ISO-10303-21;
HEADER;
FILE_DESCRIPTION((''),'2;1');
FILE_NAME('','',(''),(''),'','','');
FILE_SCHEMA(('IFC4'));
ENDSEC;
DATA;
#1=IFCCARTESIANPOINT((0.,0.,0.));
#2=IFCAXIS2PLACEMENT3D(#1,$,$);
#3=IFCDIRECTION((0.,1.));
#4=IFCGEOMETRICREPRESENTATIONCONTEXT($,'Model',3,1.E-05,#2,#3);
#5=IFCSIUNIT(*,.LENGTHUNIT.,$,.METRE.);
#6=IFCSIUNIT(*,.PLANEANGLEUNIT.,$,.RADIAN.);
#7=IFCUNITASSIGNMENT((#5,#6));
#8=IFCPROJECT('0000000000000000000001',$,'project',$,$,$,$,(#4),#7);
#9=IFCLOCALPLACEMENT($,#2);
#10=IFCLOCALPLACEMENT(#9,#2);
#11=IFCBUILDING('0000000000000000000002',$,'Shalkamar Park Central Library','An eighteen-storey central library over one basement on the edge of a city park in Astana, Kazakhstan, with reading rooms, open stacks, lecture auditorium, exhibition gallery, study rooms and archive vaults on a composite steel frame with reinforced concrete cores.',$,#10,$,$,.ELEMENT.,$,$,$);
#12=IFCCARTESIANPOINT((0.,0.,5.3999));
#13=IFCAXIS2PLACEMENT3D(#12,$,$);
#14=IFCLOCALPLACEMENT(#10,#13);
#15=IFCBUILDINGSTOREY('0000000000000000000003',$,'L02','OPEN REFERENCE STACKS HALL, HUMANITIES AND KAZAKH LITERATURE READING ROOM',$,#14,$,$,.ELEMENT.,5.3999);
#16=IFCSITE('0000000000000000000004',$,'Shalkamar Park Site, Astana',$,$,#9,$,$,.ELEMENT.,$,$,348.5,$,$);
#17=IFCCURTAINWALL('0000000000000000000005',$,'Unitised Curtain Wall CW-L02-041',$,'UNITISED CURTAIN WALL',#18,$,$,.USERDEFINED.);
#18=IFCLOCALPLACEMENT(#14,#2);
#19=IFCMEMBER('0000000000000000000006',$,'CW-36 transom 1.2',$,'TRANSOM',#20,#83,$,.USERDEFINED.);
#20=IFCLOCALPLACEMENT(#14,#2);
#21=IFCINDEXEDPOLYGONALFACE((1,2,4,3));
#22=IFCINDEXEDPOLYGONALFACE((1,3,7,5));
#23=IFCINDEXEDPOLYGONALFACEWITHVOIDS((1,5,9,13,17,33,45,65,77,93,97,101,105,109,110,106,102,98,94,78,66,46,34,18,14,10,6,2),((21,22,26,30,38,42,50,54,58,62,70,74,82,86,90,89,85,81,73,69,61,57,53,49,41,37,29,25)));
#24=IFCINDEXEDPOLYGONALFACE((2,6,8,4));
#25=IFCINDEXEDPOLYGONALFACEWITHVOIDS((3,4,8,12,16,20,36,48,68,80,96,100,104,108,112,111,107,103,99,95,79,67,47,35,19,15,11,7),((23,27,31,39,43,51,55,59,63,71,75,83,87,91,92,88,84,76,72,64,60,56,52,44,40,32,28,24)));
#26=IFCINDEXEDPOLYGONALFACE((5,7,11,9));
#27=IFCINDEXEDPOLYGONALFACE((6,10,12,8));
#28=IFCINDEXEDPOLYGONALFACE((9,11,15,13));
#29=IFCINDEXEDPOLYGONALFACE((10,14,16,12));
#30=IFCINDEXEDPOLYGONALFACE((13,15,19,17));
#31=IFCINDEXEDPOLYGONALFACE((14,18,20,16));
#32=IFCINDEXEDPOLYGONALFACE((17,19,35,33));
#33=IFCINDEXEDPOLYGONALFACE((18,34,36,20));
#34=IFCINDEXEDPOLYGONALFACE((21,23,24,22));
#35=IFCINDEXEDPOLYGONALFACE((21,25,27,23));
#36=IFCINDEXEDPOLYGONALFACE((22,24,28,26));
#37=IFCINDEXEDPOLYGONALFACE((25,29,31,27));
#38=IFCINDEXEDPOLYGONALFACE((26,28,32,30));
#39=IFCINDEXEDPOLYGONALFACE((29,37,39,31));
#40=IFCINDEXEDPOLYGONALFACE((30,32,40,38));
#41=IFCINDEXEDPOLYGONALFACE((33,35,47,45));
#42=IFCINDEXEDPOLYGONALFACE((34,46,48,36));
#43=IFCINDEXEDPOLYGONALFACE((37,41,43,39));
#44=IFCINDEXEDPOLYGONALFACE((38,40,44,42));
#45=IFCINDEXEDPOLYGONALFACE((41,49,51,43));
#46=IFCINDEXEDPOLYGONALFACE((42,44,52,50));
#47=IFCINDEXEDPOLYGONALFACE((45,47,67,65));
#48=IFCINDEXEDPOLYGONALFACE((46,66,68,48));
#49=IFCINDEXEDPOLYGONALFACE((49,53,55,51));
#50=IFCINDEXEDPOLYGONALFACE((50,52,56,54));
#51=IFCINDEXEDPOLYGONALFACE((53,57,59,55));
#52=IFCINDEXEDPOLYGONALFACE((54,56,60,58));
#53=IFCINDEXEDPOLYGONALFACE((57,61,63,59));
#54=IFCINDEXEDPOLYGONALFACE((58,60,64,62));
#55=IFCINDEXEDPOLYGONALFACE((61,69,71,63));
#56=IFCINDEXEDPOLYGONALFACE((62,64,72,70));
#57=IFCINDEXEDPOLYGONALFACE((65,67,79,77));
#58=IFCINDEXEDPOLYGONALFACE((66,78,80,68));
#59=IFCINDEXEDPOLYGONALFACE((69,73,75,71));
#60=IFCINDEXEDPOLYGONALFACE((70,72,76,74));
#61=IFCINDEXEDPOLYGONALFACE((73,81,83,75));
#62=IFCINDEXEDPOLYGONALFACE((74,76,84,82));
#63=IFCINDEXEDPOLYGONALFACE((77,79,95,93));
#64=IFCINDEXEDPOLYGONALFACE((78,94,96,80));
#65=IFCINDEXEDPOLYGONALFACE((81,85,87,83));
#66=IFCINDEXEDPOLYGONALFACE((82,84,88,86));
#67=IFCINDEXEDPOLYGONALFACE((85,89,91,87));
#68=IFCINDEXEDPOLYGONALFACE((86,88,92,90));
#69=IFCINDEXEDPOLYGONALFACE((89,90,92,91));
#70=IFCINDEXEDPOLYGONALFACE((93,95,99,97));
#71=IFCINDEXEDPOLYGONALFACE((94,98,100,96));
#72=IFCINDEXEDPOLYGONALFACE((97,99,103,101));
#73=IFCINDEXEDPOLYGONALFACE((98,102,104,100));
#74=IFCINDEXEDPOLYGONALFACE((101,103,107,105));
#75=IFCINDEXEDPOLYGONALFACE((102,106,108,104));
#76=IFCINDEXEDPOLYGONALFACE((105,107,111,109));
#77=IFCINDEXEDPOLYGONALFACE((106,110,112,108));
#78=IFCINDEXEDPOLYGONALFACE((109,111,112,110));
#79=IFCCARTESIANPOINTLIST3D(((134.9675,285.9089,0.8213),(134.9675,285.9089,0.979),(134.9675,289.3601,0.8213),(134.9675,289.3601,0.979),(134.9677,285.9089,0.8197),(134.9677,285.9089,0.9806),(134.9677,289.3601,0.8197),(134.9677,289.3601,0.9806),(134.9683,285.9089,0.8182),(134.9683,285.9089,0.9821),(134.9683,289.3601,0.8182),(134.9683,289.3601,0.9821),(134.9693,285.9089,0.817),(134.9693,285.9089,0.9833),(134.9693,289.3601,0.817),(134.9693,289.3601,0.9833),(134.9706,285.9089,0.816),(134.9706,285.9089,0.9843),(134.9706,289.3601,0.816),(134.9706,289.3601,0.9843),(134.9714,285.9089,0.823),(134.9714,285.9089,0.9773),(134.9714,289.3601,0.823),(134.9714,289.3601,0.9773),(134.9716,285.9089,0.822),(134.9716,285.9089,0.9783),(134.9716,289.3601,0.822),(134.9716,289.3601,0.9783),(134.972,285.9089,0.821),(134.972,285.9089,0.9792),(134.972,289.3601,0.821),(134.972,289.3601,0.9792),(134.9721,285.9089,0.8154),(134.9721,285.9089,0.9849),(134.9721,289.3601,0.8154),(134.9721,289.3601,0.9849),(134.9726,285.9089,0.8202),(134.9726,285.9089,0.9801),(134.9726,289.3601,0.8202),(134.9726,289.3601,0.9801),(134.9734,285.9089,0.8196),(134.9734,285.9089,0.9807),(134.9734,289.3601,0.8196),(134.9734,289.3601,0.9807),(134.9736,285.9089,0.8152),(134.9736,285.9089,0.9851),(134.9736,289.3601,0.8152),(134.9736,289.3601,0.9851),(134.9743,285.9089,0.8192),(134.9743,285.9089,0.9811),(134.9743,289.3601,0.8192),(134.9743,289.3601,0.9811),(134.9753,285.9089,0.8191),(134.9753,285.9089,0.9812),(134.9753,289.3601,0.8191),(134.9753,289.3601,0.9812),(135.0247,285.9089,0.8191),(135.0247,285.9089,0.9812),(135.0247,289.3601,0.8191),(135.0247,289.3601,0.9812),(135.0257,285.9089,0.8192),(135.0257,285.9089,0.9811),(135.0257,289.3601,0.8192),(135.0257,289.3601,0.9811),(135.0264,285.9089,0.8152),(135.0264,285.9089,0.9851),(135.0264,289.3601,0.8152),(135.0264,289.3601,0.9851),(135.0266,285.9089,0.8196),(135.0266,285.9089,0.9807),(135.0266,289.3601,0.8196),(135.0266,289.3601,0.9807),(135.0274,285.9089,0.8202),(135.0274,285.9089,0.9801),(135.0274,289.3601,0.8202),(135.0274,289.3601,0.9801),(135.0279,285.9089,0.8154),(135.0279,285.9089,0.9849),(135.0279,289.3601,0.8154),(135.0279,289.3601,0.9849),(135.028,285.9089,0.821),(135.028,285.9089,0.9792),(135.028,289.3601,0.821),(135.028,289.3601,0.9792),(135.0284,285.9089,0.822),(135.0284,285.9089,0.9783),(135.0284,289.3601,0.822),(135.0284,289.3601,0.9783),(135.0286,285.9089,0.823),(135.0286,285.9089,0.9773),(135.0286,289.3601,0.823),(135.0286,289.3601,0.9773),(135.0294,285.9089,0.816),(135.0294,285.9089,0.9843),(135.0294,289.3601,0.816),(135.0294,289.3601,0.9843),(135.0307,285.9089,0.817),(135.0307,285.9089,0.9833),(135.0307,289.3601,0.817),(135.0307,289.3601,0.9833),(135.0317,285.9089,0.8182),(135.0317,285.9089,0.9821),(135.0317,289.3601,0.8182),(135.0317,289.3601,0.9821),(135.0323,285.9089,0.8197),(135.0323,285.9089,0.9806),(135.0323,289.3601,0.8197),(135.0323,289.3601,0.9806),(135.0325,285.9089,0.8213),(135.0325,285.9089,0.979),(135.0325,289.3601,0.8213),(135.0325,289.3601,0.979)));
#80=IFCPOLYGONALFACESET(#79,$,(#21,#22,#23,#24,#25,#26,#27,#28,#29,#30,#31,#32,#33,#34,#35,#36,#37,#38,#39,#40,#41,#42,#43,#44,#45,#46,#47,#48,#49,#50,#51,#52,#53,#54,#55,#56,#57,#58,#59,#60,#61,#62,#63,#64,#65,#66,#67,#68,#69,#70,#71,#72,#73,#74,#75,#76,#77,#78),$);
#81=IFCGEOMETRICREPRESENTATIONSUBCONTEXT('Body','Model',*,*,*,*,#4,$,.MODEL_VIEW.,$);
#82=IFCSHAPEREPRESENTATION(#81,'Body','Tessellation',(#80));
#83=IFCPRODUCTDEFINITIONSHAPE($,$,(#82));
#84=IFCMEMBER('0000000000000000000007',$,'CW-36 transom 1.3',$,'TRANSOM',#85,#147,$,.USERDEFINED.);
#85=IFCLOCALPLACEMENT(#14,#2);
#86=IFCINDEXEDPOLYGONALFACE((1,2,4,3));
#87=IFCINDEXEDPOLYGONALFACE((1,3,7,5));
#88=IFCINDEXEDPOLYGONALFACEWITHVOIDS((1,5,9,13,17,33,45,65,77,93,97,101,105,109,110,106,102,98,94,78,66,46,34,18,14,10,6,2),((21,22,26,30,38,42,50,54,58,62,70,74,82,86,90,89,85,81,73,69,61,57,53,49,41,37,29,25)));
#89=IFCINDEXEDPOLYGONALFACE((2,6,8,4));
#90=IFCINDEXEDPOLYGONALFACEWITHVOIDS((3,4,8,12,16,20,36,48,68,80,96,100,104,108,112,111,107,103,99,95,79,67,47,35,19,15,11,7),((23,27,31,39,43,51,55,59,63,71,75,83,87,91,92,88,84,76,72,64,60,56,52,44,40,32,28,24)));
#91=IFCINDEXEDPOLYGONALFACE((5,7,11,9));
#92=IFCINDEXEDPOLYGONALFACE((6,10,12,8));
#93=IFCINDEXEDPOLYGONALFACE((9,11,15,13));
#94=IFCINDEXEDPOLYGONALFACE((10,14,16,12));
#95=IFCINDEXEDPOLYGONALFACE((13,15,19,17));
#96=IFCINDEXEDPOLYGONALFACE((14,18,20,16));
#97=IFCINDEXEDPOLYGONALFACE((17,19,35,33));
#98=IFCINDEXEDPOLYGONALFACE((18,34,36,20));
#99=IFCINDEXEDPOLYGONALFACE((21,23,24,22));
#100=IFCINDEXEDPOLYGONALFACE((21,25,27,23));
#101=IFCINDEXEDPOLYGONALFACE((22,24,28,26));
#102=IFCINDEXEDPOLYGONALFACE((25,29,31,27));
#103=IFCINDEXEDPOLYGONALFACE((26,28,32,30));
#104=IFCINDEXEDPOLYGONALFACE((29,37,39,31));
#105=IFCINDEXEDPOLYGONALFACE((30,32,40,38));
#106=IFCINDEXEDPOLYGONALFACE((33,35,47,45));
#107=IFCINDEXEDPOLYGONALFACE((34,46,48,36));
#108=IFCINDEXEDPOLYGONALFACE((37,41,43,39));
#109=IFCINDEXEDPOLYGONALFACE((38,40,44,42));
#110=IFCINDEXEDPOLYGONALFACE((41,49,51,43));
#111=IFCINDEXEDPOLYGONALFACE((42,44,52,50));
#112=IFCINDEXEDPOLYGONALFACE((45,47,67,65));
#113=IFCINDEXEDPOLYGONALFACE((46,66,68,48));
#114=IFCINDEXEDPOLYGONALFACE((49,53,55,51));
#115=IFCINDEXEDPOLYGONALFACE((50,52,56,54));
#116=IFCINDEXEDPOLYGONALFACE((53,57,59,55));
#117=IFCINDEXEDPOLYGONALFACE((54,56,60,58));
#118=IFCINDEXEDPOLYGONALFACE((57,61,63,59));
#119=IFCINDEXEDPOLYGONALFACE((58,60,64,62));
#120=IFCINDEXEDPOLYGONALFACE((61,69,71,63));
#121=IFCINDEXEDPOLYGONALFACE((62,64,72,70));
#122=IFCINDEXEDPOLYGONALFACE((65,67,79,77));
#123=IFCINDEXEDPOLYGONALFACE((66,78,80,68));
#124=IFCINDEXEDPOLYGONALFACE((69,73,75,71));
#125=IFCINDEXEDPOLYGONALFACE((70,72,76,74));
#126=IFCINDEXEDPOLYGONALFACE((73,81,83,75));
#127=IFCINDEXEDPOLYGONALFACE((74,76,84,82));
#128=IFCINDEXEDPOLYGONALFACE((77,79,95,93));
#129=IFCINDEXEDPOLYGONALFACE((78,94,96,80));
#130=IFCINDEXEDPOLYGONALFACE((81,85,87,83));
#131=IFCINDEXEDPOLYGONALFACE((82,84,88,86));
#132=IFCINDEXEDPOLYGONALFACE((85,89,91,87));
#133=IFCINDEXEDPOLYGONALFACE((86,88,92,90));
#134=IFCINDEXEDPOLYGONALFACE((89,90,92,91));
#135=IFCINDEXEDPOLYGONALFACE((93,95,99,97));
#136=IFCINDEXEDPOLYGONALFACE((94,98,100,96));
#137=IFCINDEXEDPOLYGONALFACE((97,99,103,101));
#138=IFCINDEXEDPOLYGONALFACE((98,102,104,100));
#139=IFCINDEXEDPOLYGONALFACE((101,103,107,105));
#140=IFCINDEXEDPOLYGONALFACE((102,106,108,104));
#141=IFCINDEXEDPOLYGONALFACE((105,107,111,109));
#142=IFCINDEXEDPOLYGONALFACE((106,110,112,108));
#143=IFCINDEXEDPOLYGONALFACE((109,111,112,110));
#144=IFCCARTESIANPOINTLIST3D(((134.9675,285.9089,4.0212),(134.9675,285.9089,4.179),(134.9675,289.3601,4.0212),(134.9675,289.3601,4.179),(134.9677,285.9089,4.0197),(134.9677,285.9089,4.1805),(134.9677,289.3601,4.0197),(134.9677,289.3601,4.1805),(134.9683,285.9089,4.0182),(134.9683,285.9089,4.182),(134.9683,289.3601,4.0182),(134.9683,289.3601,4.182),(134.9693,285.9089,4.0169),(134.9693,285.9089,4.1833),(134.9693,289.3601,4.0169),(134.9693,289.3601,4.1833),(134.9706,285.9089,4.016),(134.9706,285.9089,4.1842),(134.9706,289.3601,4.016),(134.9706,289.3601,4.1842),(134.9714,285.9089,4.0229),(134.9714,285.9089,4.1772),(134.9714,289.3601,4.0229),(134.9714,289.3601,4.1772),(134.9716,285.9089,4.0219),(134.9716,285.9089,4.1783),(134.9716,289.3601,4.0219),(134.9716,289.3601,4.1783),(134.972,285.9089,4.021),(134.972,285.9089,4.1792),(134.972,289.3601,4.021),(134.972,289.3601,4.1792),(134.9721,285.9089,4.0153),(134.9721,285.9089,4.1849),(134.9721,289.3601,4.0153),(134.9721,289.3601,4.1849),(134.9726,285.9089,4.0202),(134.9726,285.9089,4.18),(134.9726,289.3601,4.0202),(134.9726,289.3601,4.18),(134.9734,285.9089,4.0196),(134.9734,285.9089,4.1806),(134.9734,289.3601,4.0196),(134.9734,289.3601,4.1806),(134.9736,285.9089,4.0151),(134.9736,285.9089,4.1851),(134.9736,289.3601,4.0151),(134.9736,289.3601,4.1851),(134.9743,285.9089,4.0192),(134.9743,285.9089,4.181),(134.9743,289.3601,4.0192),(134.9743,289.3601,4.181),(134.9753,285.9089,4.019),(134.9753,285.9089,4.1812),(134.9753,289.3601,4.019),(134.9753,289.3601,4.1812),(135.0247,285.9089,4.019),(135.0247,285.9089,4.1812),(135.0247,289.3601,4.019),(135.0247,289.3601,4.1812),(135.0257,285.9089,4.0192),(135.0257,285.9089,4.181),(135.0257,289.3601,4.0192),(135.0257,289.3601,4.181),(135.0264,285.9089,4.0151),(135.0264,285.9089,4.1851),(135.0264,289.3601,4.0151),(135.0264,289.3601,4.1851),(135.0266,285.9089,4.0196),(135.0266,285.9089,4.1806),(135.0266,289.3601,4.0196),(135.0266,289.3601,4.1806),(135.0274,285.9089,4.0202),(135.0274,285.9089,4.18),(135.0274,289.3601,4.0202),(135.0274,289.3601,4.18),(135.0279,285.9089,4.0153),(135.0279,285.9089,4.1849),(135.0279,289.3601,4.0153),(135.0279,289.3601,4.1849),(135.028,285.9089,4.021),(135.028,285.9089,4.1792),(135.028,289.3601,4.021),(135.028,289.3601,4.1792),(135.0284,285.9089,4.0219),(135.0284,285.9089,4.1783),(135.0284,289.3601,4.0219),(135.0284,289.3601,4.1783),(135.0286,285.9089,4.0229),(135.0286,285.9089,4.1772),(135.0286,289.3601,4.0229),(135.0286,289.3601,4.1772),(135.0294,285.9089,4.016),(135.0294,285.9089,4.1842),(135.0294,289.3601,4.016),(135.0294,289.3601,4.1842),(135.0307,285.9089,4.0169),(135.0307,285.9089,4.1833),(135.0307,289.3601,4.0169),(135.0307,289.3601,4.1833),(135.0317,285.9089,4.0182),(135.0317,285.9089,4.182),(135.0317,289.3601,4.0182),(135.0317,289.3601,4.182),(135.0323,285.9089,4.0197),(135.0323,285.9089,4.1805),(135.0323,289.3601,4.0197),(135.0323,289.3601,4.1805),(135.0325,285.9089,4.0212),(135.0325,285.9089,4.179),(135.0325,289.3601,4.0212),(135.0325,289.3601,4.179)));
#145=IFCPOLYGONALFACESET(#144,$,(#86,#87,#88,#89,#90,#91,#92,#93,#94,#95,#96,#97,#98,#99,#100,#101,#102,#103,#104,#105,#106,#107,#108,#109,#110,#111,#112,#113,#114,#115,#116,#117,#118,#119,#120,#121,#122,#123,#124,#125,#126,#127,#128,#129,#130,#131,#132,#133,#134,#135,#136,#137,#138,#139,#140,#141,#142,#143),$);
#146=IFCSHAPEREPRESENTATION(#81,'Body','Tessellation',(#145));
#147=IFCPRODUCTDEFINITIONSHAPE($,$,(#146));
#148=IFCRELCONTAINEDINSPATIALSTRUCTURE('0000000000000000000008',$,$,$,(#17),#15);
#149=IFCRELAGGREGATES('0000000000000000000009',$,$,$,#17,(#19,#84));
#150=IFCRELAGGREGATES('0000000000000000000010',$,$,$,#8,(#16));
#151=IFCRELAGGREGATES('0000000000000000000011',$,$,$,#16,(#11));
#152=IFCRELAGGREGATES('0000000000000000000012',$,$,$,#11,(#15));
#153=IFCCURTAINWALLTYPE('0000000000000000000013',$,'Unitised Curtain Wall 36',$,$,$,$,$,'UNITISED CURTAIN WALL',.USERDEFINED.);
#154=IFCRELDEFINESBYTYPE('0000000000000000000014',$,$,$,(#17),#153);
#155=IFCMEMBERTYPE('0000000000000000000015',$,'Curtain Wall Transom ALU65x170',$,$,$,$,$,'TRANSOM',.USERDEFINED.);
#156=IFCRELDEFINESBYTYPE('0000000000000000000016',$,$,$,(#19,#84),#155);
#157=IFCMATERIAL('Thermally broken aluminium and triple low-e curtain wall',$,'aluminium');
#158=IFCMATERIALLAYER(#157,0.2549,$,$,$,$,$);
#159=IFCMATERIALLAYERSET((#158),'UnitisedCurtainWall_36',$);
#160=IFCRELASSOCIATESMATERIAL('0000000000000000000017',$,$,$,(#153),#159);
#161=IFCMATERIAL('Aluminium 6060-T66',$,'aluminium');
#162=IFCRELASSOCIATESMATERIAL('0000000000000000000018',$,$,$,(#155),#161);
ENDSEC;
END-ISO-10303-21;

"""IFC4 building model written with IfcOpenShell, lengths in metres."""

from ifc_helpers import new_model, si_unit, direction, frame, origin, origin_2d, place, context, subcontext, project, spatial, hollow_rectangle, extrude, material, layer, layer_set, material_profile, profile_set, type_object, element, aggregate, save


model = new_model("IFC4")

# Units and contexts
model_context = context("Model", 3, precision=1e-05, world=origin(), true_north=direction((0.0, 1.0)))
body_context = subcontext(model_context, "Body", "Model", "MODEL_VIEW")
ifc_project = project(units=[si_unit("LENGTHUNIT", "METRE"), si_unit("PLANEANGLEUNIT", "RADIAN")], contexts=[model_context])

# Site, building, storey
site_placement = place(None, origin())
site = spatial("IfcSite", under=ifc_project, at=site_placement, Name="Shalkamar Park Site, Astana", CompositionType="ELEMENT", RefElevation=348.5)
building_placement = place(site_placement, origin())
building = spatial("IfcBuilding", under=site, at=building_placement, Name="Shalkamar Park Central Library", Description="An eighteen-storey central library over one basement on the edge of a city park in Astana, Kazakhstan, with reading rooms, open stacks, lecture auditorium, exhibition gallery, study rooms and archive vaults on a composite steel frame with reinforced concrete cores.", CompositionType="ELEMENT")
storey_placement = place(building_placement, frame((0.0, 0.0, 5.3999)))
storey = spatial("IfcBuildingStorey", under=building, at=storey_placement, Name="L02", Description="OPEN REFERENCE STACKS HALL, HUMANITIES AND KAZAKH LITERATURE READING ROOM", CompositionType="ELEMENT", Elevation=5.3999)

# Curtain wall, members
ifc_material_1 = material(Name="Thermally broken aluminium and triple low-e curtain wall", Category="aluminium")
ifc_layer_1 = layer(ifc_material_1, 0.2549)
ifc_layer_set_1 = layer_set([ifc_layer_1], Name="UnitisedCurtainWall_36")
curtain_wall_type = type_object("IfcCurtainWallType", Name="Unitised Curtain Wall 36", ElementType="UNITISED CURTAIN WALL", PredefinedType="USERDEFINED", material=ifc_layer_set_1)
curtain_wall_placement = place(storey_placement, origin())
curtain_wall = element("IfcCurtainWall", 1, at=curtain_wall_placement, inside=storey, type_object=curtain_wall_type, Name="Unitised Curtain Wall CW-L02-041", ObjectType="UNITISED CURTAIN WALL", PredefinedType="USERDEFINED")
ifc_material_2 = material(Name="Aluminium 6060-T66", Category="aluminium")
ifc_material_profile_1 = material_profile(ifc_material_2, hollow_rectangle(XDim=0.0649, YDim=0.1699, WallThickness=0.0039, InnerFilletRadius=0.0039, OuterFilletRadius=0.0061, at=origin_2d()), Name="ALU 65x170x4")
ifc_profile_set_1 = profile_set([ifc_material_profile_1], Name="Aluminium 6060-T66")
member_type_1 = type_object("IfcMemberType", Name="Curtain Wall Transom ALU65x170", ElementType="TRANSOM", PredefinedType="USERDEFINED", material=ifc_profile_set_1)
member_1_placement = place(storey_placement, frame((135.0, 285.9089, 0.9001), z_axis=(0.0, 1.0, 0.0), x_axis=(-1.0, 0.0, 0.0)))
member_1 = element("IfcMember", 2, at=member_1_placement, type_object=member_type_1, Name="CW-36 transom 1.2", ObjectType="TRANSOM", PredefinedType="USERDEFINED", context=body_context, shape_type="SweptSolid", body=[
    extrude(hollow_rectangle(XDim=0.0649, YDim=0.1699, WallThickness=0.0039, InnerFilletRadius=0.0039, OuterFilletRadius=0.0061, at=origin_2d()), origin(), (0.0, 0.0, 1.0), 3.4512),
])
member_2_placement = place(storey_placement, frame((135.0, 285.9089, 4.1001), z_axis=(0.0, 1.0, 0.0), x_axis=(-1.0, 0.0, 0.0)))
member_2 = element("IfcMember", 3, at=member_2_placement, type_object=member_type_1, Name="CW-36 transom 1.3", ObjectType="TRANSOM", PredefinedType="USERDEFINED", context=body_context, shape_type="SweptSolid", body=[
    extrude(hollow_rectangle(XDim=0.0649, YDim=0.1699, WallThickness=0.0039, InnerFilletRadius=0.0039, OuterFilletRadius=0.0061, at=origin_2d()), origin(), (0.0, 0.0, 1.0), 3.4512),
])

aggregate(curtain_wall, [member_1, member_2])

save(model, "model.ifc")
